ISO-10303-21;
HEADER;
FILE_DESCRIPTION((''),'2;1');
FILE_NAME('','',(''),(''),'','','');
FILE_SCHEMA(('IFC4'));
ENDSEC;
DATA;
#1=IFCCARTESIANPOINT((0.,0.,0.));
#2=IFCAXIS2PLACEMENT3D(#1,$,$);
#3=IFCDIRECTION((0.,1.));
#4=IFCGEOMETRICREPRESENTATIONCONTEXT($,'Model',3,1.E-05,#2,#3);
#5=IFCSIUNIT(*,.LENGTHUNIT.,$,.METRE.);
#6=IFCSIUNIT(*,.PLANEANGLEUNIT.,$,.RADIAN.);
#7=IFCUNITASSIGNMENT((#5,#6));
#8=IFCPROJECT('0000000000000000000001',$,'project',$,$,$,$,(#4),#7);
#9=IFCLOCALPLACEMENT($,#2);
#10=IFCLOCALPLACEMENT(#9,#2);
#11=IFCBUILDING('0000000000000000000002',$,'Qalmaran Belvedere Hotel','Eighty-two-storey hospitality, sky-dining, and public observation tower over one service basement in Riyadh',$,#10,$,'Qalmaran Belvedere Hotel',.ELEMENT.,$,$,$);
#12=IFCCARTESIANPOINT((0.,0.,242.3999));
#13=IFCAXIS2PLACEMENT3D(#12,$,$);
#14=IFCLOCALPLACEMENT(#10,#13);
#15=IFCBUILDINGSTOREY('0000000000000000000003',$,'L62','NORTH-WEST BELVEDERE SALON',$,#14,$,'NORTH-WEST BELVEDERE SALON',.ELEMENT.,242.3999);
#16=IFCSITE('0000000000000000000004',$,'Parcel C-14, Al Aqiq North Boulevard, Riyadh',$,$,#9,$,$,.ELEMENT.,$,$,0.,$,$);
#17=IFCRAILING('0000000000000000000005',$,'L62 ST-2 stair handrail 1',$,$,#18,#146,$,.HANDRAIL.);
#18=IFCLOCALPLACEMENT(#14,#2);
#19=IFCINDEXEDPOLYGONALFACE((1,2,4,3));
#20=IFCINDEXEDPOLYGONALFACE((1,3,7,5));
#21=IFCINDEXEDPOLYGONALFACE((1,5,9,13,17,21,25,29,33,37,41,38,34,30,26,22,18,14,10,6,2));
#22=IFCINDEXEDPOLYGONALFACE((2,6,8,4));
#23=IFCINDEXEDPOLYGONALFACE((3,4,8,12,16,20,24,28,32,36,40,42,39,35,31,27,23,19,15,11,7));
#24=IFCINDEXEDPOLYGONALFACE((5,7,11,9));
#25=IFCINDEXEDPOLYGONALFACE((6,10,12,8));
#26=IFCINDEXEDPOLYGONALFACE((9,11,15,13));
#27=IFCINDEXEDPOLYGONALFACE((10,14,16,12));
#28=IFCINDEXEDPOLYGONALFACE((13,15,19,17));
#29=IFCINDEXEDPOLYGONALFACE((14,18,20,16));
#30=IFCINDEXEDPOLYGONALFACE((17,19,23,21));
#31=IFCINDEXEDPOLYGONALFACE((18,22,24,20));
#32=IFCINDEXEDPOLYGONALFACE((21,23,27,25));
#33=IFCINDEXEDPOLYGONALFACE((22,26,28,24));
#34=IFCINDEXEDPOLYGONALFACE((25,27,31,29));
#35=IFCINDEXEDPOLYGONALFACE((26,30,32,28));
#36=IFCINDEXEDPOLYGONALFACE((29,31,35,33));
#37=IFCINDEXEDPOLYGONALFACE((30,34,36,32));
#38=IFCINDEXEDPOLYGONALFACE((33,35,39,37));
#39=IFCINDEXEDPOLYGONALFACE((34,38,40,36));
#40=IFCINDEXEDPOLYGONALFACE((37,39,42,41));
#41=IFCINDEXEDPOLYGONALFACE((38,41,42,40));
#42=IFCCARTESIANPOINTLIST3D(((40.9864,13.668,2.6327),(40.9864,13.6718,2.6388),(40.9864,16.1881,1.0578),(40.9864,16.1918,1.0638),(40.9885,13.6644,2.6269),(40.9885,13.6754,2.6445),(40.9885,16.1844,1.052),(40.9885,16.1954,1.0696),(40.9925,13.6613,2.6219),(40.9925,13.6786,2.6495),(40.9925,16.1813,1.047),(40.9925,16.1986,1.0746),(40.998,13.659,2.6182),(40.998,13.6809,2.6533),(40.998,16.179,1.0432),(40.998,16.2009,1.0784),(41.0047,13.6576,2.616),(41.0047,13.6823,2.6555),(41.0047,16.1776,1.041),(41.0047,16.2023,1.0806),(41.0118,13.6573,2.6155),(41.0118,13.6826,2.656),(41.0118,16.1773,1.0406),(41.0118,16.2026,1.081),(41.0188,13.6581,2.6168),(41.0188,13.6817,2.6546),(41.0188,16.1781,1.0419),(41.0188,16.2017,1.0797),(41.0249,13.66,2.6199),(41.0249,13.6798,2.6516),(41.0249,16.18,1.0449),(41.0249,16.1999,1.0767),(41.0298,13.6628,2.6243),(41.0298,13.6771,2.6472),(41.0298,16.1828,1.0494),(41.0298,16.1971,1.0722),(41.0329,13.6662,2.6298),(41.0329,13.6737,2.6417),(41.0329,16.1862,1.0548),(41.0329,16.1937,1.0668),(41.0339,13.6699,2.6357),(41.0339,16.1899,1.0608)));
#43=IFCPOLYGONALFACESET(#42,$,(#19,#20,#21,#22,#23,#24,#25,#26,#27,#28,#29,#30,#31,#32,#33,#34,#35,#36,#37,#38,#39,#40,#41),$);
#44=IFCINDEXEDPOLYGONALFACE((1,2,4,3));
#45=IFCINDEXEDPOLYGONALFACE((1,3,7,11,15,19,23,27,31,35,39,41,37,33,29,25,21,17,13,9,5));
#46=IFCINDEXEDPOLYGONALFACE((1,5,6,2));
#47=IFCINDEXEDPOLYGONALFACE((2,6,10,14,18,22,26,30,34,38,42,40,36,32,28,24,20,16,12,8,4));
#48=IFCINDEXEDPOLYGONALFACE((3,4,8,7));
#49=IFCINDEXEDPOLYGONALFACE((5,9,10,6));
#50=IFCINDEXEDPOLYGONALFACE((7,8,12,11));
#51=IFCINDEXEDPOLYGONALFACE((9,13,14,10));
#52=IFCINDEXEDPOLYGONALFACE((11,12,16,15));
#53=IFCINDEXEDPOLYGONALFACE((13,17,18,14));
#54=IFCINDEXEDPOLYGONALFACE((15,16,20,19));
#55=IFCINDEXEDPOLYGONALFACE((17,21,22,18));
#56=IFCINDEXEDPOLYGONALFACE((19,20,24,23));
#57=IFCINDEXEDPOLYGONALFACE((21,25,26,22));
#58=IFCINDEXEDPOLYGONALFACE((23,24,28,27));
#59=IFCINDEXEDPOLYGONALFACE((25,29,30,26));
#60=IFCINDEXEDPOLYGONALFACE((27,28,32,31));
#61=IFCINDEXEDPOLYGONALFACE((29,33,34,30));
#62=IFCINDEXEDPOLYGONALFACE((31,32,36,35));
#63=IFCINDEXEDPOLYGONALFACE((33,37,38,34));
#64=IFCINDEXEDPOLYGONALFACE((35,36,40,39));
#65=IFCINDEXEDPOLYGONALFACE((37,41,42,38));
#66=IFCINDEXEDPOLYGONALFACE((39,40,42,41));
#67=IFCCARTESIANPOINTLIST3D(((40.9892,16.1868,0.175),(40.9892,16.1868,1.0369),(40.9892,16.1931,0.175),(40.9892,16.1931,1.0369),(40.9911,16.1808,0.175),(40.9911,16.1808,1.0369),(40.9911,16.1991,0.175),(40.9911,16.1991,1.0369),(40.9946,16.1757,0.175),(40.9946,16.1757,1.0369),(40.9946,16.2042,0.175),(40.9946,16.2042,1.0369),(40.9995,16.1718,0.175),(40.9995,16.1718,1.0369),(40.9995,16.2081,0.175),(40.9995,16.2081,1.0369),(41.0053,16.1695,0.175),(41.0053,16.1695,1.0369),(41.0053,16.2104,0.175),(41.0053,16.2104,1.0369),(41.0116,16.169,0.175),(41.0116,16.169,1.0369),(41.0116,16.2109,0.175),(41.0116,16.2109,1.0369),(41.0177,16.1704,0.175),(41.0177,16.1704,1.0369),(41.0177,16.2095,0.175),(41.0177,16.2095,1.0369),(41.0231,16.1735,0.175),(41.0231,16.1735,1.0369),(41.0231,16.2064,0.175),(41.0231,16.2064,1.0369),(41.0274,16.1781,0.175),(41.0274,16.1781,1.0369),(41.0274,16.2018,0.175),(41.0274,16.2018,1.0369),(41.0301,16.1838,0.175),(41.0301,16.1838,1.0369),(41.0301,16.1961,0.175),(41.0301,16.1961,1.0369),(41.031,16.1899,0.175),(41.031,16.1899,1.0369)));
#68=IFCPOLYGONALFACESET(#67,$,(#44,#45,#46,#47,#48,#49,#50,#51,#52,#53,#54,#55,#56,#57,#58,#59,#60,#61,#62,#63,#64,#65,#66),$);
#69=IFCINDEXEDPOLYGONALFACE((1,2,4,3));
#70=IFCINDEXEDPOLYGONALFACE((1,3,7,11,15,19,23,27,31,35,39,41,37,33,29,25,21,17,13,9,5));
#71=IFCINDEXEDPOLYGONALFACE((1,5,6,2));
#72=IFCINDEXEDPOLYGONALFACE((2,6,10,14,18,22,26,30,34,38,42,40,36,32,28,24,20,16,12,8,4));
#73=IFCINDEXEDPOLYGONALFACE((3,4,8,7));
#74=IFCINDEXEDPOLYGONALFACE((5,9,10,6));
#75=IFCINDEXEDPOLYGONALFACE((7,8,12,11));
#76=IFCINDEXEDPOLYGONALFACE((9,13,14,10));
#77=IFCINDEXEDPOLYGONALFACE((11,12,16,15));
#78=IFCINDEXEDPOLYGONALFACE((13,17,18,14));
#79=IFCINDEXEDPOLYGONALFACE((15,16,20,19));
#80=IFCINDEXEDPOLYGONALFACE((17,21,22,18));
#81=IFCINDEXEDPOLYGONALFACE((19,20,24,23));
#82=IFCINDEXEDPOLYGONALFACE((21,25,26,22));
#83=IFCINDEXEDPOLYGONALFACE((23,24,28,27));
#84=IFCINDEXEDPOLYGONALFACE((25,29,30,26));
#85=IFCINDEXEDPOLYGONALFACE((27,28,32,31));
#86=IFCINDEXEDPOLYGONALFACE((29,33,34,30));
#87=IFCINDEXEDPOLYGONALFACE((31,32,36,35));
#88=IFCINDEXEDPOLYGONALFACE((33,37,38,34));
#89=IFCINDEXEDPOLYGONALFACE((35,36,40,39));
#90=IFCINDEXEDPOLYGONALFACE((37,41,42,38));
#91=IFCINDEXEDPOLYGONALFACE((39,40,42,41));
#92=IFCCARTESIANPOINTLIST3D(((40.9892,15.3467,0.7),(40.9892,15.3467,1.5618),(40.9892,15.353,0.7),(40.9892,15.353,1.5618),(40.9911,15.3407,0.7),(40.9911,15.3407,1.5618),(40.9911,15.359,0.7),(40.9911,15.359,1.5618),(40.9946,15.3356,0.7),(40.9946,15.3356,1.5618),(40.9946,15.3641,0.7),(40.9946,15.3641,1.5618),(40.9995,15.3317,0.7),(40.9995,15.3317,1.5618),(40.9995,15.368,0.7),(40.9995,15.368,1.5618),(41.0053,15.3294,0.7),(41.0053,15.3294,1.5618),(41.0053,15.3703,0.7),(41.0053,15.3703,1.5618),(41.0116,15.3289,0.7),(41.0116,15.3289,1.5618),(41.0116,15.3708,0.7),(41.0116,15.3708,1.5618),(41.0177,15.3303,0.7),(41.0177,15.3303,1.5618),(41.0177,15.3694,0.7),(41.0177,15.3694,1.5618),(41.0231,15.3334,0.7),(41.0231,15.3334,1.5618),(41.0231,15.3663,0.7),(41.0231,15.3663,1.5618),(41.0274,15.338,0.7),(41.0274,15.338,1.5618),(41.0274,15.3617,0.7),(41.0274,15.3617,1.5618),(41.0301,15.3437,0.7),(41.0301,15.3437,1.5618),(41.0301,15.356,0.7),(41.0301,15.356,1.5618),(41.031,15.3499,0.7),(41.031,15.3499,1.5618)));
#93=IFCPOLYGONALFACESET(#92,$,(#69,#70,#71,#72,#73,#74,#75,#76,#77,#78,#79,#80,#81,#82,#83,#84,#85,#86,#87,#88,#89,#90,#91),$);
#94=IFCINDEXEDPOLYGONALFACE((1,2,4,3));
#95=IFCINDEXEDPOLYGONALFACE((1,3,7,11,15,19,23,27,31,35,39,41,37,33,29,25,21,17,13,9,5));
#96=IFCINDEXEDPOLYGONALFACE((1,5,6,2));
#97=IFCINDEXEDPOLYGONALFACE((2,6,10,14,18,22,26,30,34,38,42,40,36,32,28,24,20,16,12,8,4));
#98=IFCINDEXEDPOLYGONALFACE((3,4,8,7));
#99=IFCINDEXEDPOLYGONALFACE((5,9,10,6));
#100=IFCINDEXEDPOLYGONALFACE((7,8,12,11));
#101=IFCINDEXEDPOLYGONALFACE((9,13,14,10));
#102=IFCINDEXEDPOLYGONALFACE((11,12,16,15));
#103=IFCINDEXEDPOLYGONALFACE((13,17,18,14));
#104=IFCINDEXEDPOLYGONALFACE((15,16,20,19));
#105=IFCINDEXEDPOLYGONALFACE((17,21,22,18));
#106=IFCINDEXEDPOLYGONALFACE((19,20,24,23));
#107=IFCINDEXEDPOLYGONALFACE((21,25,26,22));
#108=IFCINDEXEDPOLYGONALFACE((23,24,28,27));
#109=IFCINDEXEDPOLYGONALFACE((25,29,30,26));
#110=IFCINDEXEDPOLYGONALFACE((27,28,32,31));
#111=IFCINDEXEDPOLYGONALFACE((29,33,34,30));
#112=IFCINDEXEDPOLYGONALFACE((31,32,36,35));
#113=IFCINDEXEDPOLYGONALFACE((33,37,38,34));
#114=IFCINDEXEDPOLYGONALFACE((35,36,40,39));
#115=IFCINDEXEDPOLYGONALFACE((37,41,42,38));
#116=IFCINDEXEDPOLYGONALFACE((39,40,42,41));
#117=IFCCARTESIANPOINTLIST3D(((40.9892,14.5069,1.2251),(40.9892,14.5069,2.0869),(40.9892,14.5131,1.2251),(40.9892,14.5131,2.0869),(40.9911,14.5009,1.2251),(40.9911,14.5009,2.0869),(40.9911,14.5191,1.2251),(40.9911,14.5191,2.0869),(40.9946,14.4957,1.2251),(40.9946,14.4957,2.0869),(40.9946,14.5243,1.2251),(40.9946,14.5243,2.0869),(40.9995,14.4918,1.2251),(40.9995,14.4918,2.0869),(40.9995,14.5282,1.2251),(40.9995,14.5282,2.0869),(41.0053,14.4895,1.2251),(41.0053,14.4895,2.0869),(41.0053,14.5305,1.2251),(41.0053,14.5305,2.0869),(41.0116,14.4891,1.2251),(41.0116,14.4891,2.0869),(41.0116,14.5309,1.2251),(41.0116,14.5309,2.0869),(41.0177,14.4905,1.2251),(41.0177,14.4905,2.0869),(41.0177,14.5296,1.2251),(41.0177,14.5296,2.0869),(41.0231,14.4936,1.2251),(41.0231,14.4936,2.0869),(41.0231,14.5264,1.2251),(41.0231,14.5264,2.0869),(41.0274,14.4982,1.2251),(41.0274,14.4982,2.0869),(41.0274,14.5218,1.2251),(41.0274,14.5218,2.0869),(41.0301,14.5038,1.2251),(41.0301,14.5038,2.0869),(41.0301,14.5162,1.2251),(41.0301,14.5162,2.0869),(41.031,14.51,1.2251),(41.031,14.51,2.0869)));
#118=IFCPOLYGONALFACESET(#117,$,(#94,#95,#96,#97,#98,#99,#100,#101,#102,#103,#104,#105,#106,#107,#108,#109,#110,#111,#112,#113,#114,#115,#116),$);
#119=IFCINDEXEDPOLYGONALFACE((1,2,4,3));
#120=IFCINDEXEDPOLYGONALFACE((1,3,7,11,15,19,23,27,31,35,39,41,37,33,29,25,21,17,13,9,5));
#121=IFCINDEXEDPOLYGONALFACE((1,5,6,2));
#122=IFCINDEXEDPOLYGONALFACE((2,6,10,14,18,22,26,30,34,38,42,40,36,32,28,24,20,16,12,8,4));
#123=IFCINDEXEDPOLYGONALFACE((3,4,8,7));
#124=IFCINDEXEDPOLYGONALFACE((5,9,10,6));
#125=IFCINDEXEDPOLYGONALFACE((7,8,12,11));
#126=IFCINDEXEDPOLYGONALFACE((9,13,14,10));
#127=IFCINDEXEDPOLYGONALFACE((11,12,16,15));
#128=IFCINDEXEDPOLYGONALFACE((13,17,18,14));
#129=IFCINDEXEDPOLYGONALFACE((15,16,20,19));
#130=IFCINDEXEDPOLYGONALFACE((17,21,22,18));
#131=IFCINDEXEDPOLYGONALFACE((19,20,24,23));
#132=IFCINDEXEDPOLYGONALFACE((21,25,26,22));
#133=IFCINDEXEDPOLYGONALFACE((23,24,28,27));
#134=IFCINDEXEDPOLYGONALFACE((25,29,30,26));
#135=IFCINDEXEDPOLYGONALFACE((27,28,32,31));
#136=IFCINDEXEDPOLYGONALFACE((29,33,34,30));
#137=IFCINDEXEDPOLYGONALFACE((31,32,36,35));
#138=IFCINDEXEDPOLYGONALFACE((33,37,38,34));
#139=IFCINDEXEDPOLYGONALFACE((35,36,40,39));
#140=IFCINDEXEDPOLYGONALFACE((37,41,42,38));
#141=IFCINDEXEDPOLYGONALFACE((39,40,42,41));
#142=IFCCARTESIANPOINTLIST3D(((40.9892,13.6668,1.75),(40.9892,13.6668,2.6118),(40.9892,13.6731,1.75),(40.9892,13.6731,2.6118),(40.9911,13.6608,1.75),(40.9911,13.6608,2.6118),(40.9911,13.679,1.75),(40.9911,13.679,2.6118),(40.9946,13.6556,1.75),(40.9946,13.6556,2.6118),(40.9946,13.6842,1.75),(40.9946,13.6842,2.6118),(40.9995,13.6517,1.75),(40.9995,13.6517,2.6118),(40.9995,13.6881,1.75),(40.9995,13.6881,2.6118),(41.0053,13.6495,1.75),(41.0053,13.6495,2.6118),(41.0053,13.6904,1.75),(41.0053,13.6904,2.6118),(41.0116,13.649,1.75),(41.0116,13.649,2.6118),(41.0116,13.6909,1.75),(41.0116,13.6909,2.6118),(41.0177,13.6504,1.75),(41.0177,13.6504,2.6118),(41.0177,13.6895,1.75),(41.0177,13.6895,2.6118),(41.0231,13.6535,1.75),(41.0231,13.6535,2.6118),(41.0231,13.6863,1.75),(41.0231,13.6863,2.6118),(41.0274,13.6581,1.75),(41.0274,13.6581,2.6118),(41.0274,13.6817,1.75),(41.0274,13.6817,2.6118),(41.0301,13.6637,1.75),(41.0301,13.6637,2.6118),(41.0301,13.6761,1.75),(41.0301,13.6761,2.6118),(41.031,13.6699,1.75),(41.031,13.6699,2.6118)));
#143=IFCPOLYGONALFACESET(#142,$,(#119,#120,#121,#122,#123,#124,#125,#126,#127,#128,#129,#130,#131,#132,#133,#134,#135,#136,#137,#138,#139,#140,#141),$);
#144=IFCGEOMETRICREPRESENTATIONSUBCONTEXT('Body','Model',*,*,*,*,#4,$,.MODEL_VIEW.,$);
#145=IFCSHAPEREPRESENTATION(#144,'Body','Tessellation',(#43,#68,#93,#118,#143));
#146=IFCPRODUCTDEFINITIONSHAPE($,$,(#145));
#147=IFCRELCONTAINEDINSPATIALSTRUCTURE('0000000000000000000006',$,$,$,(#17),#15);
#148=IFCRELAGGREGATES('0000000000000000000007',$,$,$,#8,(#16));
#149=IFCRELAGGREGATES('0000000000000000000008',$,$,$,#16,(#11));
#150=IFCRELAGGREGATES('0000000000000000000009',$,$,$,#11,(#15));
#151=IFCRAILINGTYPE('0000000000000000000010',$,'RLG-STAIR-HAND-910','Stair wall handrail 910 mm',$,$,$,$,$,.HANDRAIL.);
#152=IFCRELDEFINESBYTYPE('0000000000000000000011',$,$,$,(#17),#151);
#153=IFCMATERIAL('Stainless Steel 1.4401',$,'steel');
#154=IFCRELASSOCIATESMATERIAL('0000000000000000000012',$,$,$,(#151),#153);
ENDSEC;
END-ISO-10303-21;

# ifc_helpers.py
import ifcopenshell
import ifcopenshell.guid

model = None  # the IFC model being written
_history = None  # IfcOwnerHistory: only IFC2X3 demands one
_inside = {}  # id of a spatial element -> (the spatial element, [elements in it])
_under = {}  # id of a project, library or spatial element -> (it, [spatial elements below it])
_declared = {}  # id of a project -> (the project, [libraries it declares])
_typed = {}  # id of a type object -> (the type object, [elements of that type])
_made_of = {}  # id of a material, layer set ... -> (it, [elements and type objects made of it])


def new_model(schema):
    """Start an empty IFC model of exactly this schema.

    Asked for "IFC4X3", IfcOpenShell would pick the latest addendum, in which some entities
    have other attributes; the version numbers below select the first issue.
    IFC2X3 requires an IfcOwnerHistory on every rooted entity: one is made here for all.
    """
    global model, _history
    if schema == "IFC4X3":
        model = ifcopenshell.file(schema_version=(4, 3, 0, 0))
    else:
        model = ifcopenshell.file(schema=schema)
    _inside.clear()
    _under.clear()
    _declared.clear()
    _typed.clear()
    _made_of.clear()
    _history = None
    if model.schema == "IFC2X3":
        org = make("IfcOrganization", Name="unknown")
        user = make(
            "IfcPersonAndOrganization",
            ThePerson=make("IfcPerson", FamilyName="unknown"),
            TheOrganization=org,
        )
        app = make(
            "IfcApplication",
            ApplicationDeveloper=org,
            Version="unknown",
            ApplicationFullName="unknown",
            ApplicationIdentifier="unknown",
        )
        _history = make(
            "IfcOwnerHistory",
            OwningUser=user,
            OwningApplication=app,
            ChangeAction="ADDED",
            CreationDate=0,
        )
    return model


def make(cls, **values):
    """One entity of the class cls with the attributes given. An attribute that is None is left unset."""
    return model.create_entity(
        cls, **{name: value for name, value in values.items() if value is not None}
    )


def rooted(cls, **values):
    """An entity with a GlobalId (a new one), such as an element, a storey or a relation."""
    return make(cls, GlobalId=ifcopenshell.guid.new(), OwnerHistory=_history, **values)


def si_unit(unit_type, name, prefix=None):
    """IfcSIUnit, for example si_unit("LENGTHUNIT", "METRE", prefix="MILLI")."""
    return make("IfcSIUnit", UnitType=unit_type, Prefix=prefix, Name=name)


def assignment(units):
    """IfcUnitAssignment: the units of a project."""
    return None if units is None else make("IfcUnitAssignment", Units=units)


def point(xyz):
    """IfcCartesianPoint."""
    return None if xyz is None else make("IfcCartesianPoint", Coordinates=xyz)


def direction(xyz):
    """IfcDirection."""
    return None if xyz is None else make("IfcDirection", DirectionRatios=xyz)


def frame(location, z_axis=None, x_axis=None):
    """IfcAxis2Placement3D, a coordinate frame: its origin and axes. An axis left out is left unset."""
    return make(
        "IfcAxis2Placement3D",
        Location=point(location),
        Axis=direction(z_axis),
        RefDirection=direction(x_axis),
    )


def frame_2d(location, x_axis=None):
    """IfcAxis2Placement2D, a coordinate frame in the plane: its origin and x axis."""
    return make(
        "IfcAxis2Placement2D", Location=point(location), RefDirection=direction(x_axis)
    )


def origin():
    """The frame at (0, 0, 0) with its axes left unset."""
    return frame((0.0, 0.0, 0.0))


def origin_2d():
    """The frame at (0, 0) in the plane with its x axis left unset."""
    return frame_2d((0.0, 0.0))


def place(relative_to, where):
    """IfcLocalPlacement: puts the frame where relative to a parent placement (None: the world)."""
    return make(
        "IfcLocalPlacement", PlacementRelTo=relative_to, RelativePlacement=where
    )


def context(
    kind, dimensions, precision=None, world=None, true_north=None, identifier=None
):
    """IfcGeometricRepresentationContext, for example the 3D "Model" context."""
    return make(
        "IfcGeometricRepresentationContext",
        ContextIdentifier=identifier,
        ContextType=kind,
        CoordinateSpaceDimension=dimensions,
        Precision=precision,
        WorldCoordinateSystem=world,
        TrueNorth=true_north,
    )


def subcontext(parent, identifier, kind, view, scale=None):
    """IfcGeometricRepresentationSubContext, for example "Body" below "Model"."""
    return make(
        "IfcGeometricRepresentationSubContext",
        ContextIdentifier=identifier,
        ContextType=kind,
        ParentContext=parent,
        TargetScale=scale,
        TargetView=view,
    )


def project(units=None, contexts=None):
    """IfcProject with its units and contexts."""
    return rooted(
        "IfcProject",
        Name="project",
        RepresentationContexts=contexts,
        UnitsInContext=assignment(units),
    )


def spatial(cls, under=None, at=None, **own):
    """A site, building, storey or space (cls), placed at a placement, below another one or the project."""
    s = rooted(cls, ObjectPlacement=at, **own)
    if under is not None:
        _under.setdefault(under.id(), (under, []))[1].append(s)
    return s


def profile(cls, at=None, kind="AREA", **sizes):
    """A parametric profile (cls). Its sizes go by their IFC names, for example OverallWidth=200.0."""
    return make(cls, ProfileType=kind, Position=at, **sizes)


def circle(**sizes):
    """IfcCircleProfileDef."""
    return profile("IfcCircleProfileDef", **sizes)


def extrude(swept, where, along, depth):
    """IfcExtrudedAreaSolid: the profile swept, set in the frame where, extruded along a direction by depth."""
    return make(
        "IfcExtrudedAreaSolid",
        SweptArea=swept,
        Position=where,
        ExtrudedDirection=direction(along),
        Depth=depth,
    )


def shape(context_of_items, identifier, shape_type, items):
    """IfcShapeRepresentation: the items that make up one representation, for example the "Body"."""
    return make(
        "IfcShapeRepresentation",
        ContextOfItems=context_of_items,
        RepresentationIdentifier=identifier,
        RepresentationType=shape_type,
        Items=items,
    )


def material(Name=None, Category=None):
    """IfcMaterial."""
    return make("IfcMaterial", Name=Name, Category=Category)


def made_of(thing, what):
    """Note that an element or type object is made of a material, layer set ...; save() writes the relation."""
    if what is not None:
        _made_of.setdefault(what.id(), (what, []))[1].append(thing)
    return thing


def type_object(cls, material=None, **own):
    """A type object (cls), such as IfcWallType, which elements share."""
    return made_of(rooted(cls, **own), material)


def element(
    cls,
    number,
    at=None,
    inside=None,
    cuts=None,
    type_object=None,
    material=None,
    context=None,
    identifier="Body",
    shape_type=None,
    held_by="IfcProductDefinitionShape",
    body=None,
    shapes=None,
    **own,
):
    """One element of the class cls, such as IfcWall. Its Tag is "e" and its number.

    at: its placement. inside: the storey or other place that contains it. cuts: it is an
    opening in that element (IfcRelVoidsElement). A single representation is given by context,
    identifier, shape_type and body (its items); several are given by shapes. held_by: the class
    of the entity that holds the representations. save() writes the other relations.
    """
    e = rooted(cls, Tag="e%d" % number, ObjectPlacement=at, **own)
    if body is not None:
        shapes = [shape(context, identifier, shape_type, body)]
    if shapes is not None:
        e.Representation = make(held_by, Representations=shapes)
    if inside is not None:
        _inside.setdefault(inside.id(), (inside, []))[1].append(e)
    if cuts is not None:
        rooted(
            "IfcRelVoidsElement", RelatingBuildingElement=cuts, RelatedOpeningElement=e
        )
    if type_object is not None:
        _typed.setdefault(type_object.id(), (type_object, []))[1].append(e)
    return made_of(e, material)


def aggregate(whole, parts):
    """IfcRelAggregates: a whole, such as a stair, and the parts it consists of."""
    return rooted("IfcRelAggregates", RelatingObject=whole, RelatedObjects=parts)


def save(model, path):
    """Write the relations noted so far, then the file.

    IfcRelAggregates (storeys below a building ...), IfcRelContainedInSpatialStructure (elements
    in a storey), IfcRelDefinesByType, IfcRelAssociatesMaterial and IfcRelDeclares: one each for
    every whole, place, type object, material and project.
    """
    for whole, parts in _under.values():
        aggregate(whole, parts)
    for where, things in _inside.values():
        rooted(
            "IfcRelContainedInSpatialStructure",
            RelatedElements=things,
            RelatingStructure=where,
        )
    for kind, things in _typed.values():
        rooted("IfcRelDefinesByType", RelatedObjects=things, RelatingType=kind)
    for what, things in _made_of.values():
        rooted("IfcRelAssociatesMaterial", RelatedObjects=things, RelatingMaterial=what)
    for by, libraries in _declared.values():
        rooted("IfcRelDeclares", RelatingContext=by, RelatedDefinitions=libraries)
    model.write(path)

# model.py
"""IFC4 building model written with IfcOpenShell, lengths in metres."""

from ifc_helpers import new_model, si_unit, direction, frame, origin, origin_2d, place, context, subcontext, project, spatial, circle, extrude, material, type_object, element, save


model = new_model("IFC4")

# Units and contexts
model_context = context("Model", 3, precision=1e-05, world=origin(), true_north=direction((0.0, 1.0)))
body_context = subcontext(model_context, "Body", "Model", "MODEL_VIEW")
ifc_project = project(units=[si_unit("LENGTHUNIT", "METRE"), si_unit("PLANEANGLEUNIT", "RADIAN")], contexts=[model_context])

# Site, building, storey
site_placement = place(None, origin())
site = spatial("IfcSite", under=ifc_project, at=site_placement, Name="Parcel C-14, Al Aqiq North Boulevard, Riyadh", CompositionType="ELEMENT", RefElevation=0.0)
building_placement = place(site_placement, origin())
building = spatial("IfcBuilding", under=site, at=building_placement, Name="Qalmaran Belvedere Hotel", Description="Eighty-two-storey hospitality, sky-dining, and public observation tower over one service basement in Riyadh", LongName="Qalmaran Belvedere Hotel", CompositionType="ELEMENT")
storey_placement = place(building_placement, frame((0.0, 0.0, 242.3999)))
storey = spatial("IfcBuildingStorey", under=building, at=storey_placement, Name="L62", Description="NORTH-WEST BELVEDERE SALON", LongName="NORTH-WEST BELVEDERE SALON", CompositionType="ELEMENT", Elevation=242.3999)

# Railing
ifc_material_1 = material(Name="Stainless Steel 1.4401", Category="steel")
railing_type_1 = type_object("IfcRailingType", Name="RLG-STAIR-HAND-910", Description="Stair wall handrail 910 mm", PredefinedType="HANDRAIL", material=ifc_material_1)
railing_1_placement = place(storey_placement, frame((41.01, 16.1899, 0.175)))
element("IfcRailing", 1, at=railing_1_placement, inside=storey, type_object=railing_type_1, Name="L62 ST-2 stair handrail 1", PredefinedType="HANDRAIL", context=body_context, shape_type="SweptSolid", body=[
    extrude(circle(Radius=0.0239, at=origin_2d()), frame((0.0, 0.0, 0.8857), z_axis=(0.0, -0.848008, 0.529984), x_axis=(1.0, 0.0, 0.0)), (0.0, 0.0, 1.0), 2.9717),
    extrude(circle(Radius=0.021, at=origin_2d()), origin(), (0.0, 0.0, 1.0), 0.8618),
    extrude(circle(Radius=0.021, at=origin_2d()), frame((0.0, -0.8401, 0.5249)), (0.0, 0.0, 1.0), 0.8618),
    extrude(circle(Radius=0.021, at=origin_2d()), frame((0.0, -1.6799, 1.05)), (0.0, 0.0, 1.0), 0.8618),
    extrude(circle(Radius=0.021, at=origin_2d()), frame((0.0, -2.52, 1.575)), (0.0, 0.0, 1.0), 0.8618),
])

save(model, "model.ifc")
